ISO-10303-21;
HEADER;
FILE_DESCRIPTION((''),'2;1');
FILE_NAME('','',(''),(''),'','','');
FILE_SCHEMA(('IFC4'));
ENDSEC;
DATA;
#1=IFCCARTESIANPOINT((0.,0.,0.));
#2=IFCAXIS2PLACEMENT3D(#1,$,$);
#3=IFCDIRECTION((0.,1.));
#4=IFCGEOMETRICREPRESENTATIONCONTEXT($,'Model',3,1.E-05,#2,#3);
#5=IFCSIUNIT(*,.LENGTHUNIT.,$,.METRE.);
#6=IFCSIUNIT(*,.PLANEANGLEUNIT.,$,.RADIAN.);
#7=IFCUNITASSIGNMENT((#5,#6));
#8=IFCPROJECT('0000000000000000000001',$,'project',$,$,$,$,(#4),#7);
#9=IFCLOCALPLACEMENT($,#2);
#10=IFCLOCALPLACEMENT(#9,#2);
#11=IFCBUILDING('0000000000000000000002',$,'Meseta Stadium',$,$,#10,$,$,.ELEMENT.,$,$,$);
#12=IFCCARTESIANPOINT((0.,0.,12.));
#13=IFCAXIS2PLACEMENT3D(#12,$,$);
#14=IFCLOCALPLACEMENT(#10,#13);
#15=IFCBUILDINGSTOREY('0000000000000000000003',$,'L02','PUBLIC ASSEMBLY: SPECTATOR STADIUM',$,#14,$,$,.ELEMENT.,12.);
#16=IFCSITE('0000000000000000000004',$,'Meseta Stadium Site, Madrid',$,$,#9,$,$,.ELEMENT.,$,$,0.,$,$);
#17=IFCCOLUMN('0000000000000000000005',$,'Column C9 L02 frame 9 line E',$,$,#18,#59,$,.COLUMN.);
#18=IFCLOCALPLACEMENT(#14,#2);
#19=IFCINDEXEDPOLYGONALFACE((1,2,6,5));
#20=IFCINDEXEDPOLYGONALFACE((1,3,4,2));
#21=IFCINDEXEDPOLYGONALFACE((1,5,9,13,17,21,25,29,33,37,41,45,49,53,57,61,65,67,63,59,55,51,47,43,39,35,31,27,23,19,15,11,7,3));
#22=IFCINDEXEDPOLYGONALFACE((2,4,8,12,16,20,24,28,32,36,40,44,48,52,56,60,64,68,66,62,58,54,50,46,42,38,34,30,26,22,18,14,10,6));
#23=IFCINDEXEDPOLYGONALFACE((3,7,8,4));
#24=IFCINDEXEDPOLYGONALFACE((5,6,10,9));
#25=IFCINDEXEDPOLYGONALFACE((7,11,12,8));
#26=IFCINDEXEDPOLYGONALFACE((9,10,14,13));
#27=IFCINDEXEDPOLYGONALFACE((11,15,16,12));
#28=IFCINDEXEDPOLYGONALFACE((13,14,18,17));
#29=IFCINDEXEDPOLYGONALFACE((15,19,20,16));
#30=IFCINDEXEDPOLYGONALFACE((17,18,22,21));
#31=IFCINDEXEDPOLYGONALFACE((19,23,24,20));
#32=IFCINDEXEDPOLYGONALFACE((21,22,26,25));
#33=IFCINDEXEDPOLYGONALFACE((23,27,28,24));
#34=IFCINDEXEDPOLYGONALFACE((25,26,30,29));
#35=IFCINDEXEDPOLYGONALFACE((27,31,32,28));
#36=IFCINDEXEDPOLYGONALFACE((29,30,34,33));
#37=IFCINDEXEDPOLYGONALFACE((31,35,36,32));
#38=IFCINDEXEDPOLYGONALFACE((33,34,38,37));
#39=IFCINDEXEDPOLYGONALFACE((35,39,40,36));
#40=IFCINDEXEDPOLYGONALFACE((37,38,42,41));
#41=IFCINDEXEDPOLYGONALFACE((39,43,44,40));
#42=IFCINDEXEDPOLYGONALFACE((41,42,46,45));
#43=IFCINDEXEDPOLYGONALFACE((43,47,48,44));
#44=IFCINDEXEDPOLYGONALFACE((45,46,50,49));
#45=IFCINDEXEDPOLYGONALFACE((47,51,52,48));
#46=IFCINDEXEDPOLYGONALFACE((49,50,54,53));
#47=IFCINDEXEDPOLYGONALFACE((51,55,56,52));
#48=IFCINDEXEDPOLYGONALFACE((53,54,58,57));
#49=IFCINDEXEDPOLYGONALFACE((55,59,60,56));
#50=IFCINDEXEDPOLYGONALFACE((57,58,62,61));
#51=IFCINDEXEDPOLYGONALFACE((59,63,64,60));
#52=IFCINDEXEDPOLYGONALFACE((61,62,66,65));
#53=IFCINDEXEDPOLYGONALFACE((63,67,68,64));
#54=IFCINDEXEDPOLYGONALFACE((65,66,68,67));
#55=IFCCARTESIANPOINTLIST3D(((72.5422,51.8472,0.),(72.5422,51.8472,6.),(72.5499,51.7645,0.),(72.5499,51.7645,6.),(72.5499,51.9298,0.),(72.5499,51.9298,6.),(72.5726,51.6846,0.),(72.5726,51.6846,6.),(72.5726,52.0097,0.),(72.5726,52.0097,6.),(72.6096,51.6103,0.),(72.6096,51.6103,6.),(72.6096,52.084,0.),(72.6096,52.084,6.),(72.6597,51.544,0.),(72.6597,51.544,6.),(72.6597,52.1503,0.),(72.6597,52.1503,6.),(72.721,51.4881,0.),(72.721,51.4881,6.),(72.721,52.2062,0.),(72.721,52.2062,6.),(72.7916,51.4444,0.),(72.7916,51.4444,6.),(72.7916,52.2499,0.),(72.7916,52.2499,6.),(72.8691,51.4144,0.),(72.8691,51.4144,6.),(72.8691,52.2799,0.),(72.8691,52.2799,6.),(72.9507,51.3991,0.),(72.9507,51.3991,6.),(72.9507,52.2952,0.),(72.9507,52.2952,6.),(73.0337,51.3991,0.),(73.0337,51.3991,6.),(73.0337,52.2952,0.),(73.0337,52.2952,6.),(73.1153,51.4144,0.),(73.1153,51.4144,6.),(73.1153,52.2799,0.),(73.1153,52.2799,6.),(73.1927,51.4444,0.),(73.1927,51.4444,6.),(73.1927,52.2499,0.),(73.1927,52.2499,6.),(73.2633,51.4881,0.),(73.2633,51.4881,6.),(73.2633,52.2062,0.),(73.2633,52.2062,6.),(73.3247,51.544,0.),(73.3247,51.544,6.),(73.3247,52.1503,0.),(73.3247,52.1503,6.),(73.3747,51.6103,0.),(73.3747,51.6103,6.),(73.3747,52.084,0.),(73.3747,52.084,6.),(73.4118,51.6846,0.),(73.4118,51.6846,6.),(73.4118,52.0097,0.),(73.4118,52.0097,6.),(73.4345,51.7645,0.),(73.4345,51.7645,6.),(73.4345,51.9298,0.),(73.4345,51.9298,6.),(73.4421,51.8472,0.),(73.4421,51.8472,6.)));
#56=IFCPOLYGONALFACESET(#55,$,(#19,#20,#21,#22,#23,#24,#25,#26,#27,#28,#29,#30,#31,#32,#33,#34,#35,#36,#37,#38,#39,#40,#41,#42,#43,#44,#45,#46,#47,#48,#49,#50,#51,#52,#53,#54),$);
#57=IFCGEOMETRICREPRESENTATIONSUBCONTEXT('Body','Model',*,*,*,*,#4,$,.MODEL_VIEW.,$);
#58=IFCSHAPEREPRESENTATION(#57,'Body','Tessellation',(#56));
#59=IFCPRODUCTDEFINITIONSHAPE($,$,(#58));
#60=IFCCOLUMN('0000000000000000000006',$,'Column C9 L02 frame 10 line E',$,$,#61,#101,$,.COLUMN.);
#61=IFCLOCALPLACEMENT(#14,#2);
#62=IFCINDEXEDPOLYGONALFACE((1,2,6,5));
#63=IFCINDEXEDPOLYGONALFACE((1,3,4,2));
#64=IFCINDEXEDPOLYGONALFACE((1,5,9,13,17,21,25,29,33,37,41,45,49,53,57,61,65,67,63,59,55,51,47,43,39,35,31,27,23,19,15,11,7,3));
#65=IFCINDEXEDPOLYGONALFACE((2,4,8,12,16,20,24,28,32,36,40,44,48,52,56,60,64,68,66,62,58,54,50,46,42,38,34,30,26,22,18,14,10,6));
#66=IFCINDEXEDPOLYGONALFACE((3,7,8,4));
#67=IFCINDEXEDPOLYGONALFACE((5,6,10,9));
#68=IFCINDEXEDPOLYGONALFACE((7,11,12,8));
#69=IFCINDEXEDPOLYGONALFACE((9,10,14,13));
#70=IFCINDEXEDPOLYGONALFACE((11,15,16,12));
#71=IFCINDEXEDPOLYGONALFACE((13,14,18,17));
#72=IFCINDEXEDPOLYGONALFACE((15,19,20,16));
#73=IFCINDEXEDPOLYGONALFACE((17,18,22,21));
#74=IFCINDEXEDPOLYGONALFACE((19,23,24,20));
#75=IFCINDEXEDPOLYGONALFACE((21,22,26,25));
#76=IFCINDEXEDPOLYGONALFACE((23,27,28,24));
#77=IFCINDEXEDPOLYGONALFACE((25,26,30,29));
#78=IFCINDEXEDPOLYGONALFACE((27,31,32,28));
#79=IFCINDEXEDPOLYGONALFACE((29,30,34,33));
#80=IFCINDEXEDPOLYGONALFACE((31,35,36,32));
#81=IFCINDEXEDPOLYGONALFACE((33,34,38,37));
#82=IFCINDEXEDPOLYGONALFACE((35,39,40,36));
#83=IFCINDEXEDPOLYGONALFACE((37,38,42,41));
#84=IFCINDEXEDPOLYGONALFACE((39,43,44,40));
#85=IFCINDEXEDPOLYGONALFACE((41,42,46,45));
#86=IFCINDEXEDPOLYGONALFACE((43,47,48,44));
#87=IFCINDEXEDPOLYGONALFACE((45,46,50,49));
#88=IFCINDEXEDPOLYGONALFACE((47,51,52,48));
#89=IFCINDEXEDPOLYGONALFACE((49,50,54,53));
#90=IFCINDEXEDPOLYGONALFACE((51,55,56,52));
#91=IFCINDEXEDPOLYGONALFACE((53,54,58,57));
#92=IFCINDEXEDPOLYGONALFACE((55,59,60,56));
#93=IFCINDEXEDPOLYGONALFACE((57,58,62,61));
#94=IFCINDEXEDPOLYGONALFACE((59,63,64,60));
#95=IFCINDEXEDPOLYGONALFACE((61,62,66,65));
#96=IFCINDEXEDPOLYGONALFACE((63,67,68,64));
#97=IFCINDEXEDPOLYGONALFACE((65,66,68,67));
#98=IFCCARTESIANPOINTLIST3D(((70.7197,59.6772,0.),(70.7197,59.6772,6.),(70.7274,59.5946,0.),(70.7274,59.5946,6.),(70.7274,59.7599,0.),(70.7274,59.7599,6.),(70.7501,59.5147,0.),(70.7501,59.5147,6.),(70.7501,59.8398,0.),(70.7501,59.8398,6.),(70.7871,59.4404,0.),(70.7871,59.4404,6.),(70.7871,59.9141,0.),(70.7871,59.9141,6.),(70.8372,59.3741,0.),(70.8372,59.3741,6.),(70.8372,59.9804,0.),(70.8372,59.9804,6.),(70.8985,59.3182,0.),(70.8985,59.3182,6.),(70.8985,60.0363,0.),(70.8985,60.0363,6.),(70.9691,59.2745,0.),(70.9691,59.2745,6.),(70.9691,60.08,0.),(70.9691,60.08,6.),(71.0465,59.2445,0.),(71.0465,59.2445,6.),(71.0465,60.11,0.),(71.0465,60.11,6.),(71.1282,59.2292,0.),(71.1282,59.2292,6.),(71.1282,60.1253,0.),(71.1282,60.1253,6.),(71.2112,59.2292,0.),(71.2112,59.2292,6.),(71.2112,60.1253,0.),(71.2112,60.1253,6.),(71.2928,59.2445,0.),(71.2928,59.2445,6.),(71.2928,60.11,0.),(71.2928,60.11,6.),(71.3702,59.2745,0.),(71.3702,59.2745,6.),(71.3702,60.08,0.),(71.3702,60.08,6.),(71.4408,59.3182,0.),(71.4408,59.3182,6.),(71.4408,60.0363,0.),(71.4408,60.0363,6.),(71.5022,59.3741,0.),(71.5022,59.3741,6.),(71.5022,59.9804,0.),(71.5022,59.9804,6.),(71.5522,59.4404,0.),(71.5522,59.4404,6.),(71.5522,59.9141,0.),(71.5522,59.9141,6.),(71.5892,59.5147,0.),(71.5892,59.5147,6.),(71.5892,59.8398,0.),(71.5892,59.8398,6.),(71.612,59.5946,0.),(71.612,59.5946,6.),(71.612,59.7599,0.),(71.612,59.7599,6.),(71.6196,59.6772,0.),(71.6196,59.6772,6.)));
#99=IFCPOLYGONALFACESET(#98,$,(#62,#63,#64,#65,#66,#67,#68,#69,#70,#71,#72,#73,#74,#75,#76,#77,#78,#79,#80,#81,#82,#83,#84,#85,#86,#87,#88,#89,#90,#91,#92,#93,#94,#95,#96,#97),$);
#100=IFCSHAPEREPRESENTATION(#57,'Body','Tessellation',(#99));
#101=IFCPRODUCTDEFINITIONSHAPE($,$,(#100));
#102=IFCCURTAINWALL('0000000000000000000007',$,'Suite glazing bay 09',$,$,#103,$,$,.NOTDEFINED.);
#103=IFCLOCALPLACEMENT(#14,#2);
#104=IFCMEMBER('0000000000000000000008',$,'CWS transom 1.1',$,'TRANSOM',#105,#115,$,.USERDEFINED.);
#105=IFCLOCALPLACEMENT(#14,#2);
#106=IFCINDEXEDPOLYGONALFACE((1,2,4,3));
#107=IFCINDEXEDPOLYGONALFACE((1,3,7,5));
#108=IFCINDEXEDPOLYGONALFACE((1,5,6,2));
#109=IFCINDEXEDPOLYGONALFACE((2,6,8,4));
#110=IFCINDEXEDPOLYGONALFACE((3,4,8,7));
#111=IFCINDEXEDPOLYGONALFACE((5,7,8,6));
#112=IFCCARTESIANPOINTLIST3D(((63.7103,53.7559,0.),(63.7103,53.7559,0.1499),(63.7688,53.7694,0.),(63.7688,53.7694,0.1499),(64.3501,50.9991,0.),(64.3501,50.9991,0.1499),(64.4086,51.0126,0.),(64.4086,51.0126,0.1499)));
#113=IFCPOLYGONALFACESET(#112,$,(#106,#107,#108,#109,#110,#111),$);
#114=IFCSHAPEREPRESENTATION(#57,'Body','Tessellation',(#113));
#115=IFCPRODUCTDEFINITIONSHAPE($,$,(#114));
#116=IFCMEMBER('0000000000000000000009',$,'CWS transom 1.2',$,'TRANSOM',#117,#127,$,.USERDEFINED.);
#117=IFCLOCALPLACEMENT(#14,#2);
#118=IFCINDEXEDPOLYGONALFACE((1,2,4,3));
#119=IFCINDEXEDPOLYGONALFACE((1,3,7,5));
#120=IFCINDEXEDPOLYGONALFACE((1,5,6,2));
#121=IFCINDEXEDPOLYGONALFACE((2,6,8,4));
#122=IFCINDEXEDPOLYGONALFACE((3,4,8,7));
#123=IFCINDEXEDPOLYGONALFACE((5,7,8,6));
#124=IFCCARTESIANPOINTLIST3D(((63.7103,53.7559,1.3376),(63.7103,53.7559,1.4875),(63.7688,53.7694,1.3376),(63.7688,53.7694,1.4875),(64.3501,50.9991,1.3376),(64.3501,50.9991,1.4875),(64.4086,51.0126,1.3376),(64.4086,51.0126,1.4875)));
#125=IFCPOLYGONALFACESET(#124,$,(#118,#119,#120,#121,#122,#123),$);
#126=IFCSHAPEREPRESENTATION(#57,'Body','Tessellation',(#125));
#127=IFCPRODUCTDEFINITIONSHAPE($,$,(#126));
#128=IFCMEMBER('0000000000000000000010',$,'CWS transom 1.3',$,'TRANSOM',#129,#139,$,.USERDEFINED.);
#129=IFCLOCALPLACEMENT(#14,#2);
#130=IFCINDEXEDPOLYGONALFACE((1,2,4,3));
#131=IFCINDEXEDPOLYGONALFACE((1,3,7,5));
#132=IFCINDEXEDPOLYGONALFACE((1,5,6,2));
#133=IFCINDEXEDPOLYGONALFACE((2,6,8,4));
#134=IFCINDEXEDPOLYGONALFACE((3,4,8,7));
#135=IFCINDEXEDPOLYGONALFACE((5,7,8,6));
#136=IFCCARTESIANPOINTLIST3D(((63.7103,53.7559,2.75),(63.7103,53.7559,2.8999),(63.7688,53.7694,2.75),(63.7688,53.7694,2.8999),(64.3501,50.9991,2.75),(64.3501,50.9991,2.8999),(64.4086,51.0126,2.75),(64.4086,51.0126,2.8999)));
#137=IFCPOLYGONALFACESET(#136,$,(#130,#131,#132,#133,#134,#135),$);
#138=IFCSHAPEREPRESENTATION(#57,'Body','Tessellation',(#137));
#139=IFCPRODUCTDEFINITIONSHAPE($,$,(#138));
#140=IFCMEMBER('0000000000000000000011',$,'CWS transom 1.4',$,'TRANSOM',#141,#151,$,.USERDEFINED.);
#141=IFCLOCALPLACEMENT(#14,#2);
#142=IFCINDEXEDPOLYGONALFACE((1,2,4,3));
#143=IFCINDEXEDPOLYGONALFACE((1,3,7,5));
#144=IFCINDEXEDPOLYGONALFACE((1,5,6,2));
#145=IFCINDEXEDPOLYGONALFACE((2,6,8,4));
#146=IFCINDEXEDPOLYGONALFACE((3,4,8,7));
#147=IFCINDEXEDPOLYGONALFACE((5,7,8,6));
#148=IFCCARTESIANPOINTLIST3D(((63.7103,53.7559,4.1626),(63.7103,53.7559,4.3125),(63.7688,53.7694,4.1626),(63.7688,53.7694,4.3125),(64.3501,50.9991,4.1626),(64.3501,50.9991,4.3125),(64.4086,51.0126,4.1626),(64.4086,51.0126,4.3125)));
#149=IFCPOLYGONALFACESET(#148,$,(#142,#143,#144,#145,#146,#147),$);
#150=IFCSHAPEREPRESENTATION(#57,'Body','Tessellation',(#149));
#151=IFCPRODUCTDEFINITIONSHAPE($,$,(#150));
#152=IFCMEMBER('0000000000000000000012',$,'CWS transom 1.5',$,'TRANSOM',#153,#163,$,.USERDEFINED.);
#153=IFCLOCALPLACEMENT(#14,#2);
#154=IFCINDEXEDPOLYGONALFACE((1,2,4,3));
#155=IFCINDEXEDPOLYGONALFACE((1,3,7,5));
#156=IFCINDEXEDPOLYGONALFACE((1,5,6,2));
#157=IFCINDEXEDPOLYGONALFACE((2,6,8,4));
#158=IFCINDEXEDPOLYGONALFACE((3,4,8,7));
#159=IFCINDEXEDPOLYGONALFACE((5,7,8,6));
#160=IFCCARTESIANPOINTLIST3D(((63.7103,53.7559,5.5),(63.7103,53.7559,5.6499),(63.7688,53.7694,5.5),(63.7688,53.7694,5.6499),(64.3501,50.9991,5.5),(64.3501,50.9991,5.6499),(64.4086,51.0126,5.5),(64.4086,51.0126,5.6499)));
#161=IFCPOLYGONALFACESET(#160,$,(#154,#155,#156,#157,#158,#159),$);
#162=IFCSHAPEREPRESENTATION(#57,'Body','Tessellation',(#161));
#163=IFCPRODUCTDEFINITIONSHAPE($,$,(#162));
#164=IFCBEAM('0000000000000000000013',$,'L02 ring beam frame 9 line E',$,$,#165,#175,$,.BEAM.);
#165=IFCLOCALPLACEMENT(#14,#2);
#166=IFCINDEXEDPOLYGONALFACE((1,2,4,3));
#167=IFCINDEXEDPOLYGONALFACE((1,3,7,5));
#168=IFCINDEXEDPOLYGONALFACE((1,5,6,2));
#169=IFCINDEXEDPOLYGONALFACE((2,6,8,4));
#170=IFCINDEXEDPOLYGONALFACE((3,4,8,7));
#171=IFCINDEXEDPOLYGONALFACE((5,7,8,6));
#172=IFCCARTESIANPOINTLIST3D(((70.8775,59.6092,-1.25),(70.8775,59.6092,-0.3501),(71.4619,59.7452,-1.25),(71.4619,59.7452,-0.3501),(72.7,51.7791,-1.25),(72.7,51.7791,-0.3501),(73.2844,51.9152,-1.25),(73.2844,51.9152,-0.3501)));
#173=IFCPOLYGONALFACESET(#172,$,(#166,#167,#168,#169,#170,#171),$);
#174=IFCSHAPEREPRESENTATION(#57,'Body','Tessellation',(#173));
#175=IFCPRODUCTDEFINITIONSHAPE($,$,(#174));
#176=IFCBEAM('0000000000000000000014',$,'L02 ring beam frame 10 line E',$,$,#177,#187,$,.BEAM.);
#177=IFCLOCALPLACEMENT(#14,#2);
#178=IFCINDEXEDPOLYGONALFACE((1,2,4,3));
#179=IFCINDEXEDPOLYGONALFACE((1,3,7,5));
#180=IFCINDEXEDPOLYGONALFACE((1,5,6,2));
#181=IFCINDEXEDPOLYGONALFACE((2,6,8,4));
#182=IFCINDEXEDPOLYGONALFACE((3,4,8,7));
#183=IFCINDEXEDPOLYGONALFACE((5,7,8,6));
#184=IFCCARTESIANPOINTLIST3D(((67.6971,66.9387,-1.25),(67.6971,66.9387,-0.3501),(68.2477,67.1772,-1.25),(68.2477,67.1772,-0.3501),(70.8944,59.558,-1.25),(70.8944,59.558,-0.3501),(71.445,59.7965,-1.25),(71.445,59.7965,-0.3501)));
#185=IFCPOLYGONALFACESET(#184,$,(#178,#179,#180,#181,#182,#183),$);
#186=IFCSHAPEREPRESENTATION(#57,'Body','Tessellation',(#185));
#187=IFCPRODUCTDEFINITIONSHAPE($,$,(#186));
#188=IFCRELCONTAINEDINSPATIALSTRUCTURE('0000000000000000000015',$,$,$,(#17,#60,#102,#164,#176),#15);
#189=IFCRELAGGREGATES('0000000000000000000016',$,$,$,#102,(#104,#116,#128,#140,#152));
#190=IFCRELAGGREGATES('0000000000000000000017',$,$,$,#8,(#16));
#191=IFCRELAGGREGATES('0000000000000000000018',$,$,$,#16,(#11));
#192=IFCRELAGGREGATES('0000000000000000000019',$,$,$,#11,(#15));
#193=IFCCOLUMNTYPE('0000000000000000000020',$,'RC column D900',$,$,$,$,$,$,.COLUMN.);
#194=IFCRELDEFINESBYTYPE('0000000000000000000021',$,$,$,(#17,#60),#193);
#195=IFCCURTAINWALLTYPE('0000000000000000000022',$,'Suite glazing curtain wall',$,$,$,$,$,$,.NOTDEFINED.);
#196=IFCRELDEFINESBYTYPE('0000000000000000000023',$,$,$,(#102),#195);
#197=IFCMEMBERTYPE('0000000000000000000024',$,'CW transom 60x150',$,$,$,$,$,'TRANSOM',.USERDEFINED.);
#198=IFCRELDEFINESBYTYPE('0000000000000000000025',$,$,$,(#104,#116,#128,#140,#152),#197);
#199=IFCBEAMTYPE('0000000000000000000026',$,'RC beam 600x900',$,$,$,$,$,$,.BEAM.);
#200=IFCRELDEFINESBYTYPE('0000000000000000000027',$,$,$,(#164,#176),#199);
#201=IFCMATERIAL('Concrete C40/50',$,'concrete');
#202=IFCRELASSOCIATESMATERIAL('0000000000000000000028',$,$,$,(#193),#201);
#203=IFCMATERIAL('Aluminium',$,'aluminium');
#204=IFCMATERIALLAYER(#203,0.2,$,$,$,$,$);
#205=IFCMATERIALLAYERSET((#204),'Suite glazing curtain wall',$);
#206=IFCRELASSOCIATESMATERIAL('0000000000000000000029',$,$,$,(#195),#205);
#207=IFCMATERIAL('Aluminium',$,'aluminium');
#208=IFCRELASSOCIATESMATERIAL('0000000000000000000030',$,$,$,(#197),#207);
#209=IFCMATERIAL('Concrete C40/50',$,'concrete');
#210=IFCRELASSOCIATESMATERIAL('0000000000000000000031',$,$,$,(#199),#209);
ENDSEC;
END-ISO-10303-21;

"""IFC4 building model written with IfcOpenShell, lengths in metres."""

from ifc_helpers import new_model, si_unit, direction, frame, origin, origin_2d, place, context, subcontext, project, spatial, rectangle, circle, extrude, material, layer, layer_set, material_profile, profile_set, type_object, element, aggregate, save


model = new_model("IFC4")

# Units and contexts
model_context = context("Model", 3, precision=1e-05, world=origin(), true_north=direction((0.0, 1.0)))
body_context = subcontext(model_context, "Body", "Model", "MODEL_VIEW")
ifc_project = project(units=[si_unit("LENGTHUNIT", "METRE"), si_unit("PLANEANGLEUNIT", "RADIAN")], contexts=[model_context])

# Site, building, storey
site_placement = place(None, origin())
site = spatial("IfcSite", under=ifc_project, at=site_placement, Name="Meseta Stadium Site, Madrid", CompositionType="ELEMENT", RefElevation=0.0)
building_placement = place(site_placement, origin())
building = spatial("IfcBuilding", under=site, at=building_placement, Name="Meseta Stadium", CompositionType="ELEMENT")
storey_placement = place(building_placement, frame((0.0, 0.0, 12.0)))
storey = spatial("IfcBuildingStorey", under=building, at=storey_placement, Name="L02", Description="PUBLIC ASSEMBLY: SPECTATOR STADIUM", CompositionType="ELEMENT", Elevation=12.0)

# Columns
ifc_material_1 = material(Name="Concrete C40/50", Category="concrete")
ifc_material_profile_1 = material_profile(ifc_material_1, circle(Radius=0.45, at=origin_2d()), Name="RC D900")
ifc_profile_set_1 = profile_set([ifc_material_profile_1], Name="Concrete C40/50")
column_type = type_object("IfcColumnType", Name="RC column D900", PredefinedType="COLUMN", material=ifc_profile_set_1)
for number, where, z_axis, x_axis, name in (
    (1, (72.9922, 51.8472, 0.0), (0.0, 0.0, 1.0), (1.0, 0.0, 0.0), "Column C9 L02 frame 9 line E"),
    (2, (71.1697, 59.6772, 0.0), (0.0, 0.0, 1.0), (1.0, 0.0, 0.0), "Column C9 L02 frame 10 line E"),
):
    element("IfcColumn", number, at=place(storey_placement, frame(where, z_axis=z_axis, x_axis=x_axis)), inside=storey, type_object=column_type, Name=name, PredefinedType="COLUMN", context=body_context, shape_type="SweptSolid", body=[
        extrude(circle(Radius=0.45, at=origin_2d()), origin(), (0.0, 0.0, 1.0), 6.0),
    ])

# Curtain wall, members
ifc_material_2 = material(Name="Aluminium", Category="aluminium")
ifc_layer_1 = layer(ifc_material_2, 0.2)
ifc_layer_set_1 = layer_set([ifc_layer_1], Name="Suite glazing curtain wall")
curtain_wall_type = type_object("IfcCurtainWallType", Name="Suite glazing curtain wall", PredefinedType="NOTDEFINED", material=ifc_layer_set_1)
curtain_wall_placement = place(storey_placement, origin())
curtain_wall = element("IfcCurtainWall", 3, at=curtain_wall_placement, inside=storey, type_object=curtain_wall_type, Name="Suite glazing bay 09", PredefinedType="NOTDEFINED")
ifc_material_3 = material(Name="Aluminium", Category="aluminium")
ifc_material_profile_2 = material_profile(ifc_material_3, rectangle(XDim=0.0601, YDim=0.1499, at=origin_2d()), Name="CW 60x150")
ifc_profile_set_2 = profile_set([ifc_material_profile_2], Name="Aluminium")
member_type = type_object("IfcMemberType", Name="CW transom 60x150", ElementType="TRANSOM", PredefinedType="USERDEFINED", material=ifc_profile_set_2)
member_1_placement = place(storey_placement, frame((64.3794, 51.0059, 0.075), z_axis=(-0.2261, 0.974104, 0.0), x_axis=(-0.974104, -0.2261, 0.0)))
member_1 = element("IfcMember", 4, at=member_1_placement, type_object=member_type, Name="CWS transom 1.1", ObjectType="TRANSOM", PredefinedType="USERDEFINED", context=body_context, shape_type="SweptSolid", body=[
    extrude(rectangle(XDim=0.0601, YDim=0.1499, at=origin_2d()), origin(), (0.0, 0.0, 1.0), 2.8301),
])
member_2_placement = place(storey_placement, frame((64.3794, 51.0059, 1.4126), z_axis=(-0.2261, 0.974104, 0.0), x_axis=(-0.974104, -0.2261, 0.0)))
member_2 = element("IfcMember", 5, at=member_2_placement, type_object=member_type, Name="CWS transom 1.2", ObjectType="TRANSOM", PredefinedType="USERDEFINED", context=body_context, shape_type="SweptSolid", body=[
    extrude(rectangle(XDim=0.0601, YDim=0.1499, at=origin_2d()), origin(), (0.0, 0.0, 1.0), 2.8301),
])
member_3_placement = place(storey_placement, frame((64.3794, 51.0059, 2.825), z_axis=(-0.2261, 0.974104, 0.0), x_axis=(-0.974104, -0.2261, 0.0)))
member_3 = element("IfcMember", 6, at=member_3_placement, type_object=member_type, Name="CWS transom 1.3", ObjectType="TRANSOM", PredefinedType="USERDEFINED", context=body_context, shape_type="SweptSolid", body=[
    extrude(rectangle(XDim=0.0601, YDim=0.1499, at=origin_2d()), origin(), (0.0, 0.0, 1.0), 2.8301),
])
member_4_placement = place(storey_placement, frame((64.3794, 51.0059, 4.2375), z_axis=(-0.2261, 0.974104, 0.0), x_axis=(-0.974104, -0.2261, 0.0)))
member_4 = element("IfcMember", 7, at=member_4_placement, type_object=member_type, Name="CWS transom 1.4", ObjectType="TRANSOM", PredefinedType="USERDEFINED", context=body_context, shape_type="SweptSolid", body=[
    extrude(rectangle(XDim=0.0601, YDim=0.1499, at=origin_2d()), origin(), (0.0, 0.0, 1.0), 2.8301),
])
member_5_placement = place(storey_placement, frame((64.3794, 51.0059, 5.575), z_axis=(-0.2261, 0.974104, 0.0), x_axis=(-0.974104, -0.2261, 0.0)))
member_5 = element("IfcMember", 8, at=member_5_placement, type_object=member_type, Name="CWS transom 1.5", ObjectType="TRANSOM", PredefinedType="USERDEFINED", context=body_context, shape_type="SweptSolid", body=[
    extrude(rectangle(XDim=0.0601, YDim=0.1499, at=origin_2d()), origin(), (0.0, 0.0, 1.0), 2.8301),
])

# Beams
ifc_material_4 = material(Name="Concrete C40/50", Category="concrete")
ifc_material_profile_3 = material_profile(ifc_material_4, rectangle(XDim=0.6001, YDim=0.8999, at=origin_2d()), Name="RC 600x900")
ifc_profile_set_3 = profile_set([ifc_material_profile_3], Name="Concrete C40/50")
beam_type_1 = type_object("IfcBeamType", Name="RC beam 600x900", PredefinedType="BEAM", material=ifc_profile_set_3)
beam_1_placement = place(storey_placement, frame((72.9922, 51.8472, -0.8), z_axis=(-0.226698, 0.973965, 0.0), x_axis=(-0.973965, -0.226698, 0.0)))
element("IfcBeam", 9, at=beam_1_placement, inside=storey, type_object=beam_type_1, Name="L02 ring beam frame 9 line E", PredefinedType="BEAM", context=body_context, shape_type="SweptSolid", body=[
    extrude(rectangle(XDim=0.6001, YDim=0.8999, at=origin_2d()), origin(), (0.0, 0.0, 1.0), 8.0393),
])
beam_2_placement = place(storey_placement, frame((71.1697, 59.6772, -0.8), z_axis=(-0.397503, 0.917601, 0.0), x_axis=(-0.917601, -0.397503, 0.0)))
element("IfcBeam", 10, at=beam_2_placement, inside=storey, type_object=beam_type_1, Name="L02 ring beam frame 10 line E", PredefinedType="BEAM", context=body_context, shape_type="SweptSolid", body=[
    extrude(rectangle(XDim=0.6001, YDim=0.8999, at=origin_2d()), origin(), (0.0, 0.0, 1.0), 8.0435),
])

aggregate(curtain_wall, [member_1, member_2, member_3, member_4, member_5])

save(model, "model.ifc")
